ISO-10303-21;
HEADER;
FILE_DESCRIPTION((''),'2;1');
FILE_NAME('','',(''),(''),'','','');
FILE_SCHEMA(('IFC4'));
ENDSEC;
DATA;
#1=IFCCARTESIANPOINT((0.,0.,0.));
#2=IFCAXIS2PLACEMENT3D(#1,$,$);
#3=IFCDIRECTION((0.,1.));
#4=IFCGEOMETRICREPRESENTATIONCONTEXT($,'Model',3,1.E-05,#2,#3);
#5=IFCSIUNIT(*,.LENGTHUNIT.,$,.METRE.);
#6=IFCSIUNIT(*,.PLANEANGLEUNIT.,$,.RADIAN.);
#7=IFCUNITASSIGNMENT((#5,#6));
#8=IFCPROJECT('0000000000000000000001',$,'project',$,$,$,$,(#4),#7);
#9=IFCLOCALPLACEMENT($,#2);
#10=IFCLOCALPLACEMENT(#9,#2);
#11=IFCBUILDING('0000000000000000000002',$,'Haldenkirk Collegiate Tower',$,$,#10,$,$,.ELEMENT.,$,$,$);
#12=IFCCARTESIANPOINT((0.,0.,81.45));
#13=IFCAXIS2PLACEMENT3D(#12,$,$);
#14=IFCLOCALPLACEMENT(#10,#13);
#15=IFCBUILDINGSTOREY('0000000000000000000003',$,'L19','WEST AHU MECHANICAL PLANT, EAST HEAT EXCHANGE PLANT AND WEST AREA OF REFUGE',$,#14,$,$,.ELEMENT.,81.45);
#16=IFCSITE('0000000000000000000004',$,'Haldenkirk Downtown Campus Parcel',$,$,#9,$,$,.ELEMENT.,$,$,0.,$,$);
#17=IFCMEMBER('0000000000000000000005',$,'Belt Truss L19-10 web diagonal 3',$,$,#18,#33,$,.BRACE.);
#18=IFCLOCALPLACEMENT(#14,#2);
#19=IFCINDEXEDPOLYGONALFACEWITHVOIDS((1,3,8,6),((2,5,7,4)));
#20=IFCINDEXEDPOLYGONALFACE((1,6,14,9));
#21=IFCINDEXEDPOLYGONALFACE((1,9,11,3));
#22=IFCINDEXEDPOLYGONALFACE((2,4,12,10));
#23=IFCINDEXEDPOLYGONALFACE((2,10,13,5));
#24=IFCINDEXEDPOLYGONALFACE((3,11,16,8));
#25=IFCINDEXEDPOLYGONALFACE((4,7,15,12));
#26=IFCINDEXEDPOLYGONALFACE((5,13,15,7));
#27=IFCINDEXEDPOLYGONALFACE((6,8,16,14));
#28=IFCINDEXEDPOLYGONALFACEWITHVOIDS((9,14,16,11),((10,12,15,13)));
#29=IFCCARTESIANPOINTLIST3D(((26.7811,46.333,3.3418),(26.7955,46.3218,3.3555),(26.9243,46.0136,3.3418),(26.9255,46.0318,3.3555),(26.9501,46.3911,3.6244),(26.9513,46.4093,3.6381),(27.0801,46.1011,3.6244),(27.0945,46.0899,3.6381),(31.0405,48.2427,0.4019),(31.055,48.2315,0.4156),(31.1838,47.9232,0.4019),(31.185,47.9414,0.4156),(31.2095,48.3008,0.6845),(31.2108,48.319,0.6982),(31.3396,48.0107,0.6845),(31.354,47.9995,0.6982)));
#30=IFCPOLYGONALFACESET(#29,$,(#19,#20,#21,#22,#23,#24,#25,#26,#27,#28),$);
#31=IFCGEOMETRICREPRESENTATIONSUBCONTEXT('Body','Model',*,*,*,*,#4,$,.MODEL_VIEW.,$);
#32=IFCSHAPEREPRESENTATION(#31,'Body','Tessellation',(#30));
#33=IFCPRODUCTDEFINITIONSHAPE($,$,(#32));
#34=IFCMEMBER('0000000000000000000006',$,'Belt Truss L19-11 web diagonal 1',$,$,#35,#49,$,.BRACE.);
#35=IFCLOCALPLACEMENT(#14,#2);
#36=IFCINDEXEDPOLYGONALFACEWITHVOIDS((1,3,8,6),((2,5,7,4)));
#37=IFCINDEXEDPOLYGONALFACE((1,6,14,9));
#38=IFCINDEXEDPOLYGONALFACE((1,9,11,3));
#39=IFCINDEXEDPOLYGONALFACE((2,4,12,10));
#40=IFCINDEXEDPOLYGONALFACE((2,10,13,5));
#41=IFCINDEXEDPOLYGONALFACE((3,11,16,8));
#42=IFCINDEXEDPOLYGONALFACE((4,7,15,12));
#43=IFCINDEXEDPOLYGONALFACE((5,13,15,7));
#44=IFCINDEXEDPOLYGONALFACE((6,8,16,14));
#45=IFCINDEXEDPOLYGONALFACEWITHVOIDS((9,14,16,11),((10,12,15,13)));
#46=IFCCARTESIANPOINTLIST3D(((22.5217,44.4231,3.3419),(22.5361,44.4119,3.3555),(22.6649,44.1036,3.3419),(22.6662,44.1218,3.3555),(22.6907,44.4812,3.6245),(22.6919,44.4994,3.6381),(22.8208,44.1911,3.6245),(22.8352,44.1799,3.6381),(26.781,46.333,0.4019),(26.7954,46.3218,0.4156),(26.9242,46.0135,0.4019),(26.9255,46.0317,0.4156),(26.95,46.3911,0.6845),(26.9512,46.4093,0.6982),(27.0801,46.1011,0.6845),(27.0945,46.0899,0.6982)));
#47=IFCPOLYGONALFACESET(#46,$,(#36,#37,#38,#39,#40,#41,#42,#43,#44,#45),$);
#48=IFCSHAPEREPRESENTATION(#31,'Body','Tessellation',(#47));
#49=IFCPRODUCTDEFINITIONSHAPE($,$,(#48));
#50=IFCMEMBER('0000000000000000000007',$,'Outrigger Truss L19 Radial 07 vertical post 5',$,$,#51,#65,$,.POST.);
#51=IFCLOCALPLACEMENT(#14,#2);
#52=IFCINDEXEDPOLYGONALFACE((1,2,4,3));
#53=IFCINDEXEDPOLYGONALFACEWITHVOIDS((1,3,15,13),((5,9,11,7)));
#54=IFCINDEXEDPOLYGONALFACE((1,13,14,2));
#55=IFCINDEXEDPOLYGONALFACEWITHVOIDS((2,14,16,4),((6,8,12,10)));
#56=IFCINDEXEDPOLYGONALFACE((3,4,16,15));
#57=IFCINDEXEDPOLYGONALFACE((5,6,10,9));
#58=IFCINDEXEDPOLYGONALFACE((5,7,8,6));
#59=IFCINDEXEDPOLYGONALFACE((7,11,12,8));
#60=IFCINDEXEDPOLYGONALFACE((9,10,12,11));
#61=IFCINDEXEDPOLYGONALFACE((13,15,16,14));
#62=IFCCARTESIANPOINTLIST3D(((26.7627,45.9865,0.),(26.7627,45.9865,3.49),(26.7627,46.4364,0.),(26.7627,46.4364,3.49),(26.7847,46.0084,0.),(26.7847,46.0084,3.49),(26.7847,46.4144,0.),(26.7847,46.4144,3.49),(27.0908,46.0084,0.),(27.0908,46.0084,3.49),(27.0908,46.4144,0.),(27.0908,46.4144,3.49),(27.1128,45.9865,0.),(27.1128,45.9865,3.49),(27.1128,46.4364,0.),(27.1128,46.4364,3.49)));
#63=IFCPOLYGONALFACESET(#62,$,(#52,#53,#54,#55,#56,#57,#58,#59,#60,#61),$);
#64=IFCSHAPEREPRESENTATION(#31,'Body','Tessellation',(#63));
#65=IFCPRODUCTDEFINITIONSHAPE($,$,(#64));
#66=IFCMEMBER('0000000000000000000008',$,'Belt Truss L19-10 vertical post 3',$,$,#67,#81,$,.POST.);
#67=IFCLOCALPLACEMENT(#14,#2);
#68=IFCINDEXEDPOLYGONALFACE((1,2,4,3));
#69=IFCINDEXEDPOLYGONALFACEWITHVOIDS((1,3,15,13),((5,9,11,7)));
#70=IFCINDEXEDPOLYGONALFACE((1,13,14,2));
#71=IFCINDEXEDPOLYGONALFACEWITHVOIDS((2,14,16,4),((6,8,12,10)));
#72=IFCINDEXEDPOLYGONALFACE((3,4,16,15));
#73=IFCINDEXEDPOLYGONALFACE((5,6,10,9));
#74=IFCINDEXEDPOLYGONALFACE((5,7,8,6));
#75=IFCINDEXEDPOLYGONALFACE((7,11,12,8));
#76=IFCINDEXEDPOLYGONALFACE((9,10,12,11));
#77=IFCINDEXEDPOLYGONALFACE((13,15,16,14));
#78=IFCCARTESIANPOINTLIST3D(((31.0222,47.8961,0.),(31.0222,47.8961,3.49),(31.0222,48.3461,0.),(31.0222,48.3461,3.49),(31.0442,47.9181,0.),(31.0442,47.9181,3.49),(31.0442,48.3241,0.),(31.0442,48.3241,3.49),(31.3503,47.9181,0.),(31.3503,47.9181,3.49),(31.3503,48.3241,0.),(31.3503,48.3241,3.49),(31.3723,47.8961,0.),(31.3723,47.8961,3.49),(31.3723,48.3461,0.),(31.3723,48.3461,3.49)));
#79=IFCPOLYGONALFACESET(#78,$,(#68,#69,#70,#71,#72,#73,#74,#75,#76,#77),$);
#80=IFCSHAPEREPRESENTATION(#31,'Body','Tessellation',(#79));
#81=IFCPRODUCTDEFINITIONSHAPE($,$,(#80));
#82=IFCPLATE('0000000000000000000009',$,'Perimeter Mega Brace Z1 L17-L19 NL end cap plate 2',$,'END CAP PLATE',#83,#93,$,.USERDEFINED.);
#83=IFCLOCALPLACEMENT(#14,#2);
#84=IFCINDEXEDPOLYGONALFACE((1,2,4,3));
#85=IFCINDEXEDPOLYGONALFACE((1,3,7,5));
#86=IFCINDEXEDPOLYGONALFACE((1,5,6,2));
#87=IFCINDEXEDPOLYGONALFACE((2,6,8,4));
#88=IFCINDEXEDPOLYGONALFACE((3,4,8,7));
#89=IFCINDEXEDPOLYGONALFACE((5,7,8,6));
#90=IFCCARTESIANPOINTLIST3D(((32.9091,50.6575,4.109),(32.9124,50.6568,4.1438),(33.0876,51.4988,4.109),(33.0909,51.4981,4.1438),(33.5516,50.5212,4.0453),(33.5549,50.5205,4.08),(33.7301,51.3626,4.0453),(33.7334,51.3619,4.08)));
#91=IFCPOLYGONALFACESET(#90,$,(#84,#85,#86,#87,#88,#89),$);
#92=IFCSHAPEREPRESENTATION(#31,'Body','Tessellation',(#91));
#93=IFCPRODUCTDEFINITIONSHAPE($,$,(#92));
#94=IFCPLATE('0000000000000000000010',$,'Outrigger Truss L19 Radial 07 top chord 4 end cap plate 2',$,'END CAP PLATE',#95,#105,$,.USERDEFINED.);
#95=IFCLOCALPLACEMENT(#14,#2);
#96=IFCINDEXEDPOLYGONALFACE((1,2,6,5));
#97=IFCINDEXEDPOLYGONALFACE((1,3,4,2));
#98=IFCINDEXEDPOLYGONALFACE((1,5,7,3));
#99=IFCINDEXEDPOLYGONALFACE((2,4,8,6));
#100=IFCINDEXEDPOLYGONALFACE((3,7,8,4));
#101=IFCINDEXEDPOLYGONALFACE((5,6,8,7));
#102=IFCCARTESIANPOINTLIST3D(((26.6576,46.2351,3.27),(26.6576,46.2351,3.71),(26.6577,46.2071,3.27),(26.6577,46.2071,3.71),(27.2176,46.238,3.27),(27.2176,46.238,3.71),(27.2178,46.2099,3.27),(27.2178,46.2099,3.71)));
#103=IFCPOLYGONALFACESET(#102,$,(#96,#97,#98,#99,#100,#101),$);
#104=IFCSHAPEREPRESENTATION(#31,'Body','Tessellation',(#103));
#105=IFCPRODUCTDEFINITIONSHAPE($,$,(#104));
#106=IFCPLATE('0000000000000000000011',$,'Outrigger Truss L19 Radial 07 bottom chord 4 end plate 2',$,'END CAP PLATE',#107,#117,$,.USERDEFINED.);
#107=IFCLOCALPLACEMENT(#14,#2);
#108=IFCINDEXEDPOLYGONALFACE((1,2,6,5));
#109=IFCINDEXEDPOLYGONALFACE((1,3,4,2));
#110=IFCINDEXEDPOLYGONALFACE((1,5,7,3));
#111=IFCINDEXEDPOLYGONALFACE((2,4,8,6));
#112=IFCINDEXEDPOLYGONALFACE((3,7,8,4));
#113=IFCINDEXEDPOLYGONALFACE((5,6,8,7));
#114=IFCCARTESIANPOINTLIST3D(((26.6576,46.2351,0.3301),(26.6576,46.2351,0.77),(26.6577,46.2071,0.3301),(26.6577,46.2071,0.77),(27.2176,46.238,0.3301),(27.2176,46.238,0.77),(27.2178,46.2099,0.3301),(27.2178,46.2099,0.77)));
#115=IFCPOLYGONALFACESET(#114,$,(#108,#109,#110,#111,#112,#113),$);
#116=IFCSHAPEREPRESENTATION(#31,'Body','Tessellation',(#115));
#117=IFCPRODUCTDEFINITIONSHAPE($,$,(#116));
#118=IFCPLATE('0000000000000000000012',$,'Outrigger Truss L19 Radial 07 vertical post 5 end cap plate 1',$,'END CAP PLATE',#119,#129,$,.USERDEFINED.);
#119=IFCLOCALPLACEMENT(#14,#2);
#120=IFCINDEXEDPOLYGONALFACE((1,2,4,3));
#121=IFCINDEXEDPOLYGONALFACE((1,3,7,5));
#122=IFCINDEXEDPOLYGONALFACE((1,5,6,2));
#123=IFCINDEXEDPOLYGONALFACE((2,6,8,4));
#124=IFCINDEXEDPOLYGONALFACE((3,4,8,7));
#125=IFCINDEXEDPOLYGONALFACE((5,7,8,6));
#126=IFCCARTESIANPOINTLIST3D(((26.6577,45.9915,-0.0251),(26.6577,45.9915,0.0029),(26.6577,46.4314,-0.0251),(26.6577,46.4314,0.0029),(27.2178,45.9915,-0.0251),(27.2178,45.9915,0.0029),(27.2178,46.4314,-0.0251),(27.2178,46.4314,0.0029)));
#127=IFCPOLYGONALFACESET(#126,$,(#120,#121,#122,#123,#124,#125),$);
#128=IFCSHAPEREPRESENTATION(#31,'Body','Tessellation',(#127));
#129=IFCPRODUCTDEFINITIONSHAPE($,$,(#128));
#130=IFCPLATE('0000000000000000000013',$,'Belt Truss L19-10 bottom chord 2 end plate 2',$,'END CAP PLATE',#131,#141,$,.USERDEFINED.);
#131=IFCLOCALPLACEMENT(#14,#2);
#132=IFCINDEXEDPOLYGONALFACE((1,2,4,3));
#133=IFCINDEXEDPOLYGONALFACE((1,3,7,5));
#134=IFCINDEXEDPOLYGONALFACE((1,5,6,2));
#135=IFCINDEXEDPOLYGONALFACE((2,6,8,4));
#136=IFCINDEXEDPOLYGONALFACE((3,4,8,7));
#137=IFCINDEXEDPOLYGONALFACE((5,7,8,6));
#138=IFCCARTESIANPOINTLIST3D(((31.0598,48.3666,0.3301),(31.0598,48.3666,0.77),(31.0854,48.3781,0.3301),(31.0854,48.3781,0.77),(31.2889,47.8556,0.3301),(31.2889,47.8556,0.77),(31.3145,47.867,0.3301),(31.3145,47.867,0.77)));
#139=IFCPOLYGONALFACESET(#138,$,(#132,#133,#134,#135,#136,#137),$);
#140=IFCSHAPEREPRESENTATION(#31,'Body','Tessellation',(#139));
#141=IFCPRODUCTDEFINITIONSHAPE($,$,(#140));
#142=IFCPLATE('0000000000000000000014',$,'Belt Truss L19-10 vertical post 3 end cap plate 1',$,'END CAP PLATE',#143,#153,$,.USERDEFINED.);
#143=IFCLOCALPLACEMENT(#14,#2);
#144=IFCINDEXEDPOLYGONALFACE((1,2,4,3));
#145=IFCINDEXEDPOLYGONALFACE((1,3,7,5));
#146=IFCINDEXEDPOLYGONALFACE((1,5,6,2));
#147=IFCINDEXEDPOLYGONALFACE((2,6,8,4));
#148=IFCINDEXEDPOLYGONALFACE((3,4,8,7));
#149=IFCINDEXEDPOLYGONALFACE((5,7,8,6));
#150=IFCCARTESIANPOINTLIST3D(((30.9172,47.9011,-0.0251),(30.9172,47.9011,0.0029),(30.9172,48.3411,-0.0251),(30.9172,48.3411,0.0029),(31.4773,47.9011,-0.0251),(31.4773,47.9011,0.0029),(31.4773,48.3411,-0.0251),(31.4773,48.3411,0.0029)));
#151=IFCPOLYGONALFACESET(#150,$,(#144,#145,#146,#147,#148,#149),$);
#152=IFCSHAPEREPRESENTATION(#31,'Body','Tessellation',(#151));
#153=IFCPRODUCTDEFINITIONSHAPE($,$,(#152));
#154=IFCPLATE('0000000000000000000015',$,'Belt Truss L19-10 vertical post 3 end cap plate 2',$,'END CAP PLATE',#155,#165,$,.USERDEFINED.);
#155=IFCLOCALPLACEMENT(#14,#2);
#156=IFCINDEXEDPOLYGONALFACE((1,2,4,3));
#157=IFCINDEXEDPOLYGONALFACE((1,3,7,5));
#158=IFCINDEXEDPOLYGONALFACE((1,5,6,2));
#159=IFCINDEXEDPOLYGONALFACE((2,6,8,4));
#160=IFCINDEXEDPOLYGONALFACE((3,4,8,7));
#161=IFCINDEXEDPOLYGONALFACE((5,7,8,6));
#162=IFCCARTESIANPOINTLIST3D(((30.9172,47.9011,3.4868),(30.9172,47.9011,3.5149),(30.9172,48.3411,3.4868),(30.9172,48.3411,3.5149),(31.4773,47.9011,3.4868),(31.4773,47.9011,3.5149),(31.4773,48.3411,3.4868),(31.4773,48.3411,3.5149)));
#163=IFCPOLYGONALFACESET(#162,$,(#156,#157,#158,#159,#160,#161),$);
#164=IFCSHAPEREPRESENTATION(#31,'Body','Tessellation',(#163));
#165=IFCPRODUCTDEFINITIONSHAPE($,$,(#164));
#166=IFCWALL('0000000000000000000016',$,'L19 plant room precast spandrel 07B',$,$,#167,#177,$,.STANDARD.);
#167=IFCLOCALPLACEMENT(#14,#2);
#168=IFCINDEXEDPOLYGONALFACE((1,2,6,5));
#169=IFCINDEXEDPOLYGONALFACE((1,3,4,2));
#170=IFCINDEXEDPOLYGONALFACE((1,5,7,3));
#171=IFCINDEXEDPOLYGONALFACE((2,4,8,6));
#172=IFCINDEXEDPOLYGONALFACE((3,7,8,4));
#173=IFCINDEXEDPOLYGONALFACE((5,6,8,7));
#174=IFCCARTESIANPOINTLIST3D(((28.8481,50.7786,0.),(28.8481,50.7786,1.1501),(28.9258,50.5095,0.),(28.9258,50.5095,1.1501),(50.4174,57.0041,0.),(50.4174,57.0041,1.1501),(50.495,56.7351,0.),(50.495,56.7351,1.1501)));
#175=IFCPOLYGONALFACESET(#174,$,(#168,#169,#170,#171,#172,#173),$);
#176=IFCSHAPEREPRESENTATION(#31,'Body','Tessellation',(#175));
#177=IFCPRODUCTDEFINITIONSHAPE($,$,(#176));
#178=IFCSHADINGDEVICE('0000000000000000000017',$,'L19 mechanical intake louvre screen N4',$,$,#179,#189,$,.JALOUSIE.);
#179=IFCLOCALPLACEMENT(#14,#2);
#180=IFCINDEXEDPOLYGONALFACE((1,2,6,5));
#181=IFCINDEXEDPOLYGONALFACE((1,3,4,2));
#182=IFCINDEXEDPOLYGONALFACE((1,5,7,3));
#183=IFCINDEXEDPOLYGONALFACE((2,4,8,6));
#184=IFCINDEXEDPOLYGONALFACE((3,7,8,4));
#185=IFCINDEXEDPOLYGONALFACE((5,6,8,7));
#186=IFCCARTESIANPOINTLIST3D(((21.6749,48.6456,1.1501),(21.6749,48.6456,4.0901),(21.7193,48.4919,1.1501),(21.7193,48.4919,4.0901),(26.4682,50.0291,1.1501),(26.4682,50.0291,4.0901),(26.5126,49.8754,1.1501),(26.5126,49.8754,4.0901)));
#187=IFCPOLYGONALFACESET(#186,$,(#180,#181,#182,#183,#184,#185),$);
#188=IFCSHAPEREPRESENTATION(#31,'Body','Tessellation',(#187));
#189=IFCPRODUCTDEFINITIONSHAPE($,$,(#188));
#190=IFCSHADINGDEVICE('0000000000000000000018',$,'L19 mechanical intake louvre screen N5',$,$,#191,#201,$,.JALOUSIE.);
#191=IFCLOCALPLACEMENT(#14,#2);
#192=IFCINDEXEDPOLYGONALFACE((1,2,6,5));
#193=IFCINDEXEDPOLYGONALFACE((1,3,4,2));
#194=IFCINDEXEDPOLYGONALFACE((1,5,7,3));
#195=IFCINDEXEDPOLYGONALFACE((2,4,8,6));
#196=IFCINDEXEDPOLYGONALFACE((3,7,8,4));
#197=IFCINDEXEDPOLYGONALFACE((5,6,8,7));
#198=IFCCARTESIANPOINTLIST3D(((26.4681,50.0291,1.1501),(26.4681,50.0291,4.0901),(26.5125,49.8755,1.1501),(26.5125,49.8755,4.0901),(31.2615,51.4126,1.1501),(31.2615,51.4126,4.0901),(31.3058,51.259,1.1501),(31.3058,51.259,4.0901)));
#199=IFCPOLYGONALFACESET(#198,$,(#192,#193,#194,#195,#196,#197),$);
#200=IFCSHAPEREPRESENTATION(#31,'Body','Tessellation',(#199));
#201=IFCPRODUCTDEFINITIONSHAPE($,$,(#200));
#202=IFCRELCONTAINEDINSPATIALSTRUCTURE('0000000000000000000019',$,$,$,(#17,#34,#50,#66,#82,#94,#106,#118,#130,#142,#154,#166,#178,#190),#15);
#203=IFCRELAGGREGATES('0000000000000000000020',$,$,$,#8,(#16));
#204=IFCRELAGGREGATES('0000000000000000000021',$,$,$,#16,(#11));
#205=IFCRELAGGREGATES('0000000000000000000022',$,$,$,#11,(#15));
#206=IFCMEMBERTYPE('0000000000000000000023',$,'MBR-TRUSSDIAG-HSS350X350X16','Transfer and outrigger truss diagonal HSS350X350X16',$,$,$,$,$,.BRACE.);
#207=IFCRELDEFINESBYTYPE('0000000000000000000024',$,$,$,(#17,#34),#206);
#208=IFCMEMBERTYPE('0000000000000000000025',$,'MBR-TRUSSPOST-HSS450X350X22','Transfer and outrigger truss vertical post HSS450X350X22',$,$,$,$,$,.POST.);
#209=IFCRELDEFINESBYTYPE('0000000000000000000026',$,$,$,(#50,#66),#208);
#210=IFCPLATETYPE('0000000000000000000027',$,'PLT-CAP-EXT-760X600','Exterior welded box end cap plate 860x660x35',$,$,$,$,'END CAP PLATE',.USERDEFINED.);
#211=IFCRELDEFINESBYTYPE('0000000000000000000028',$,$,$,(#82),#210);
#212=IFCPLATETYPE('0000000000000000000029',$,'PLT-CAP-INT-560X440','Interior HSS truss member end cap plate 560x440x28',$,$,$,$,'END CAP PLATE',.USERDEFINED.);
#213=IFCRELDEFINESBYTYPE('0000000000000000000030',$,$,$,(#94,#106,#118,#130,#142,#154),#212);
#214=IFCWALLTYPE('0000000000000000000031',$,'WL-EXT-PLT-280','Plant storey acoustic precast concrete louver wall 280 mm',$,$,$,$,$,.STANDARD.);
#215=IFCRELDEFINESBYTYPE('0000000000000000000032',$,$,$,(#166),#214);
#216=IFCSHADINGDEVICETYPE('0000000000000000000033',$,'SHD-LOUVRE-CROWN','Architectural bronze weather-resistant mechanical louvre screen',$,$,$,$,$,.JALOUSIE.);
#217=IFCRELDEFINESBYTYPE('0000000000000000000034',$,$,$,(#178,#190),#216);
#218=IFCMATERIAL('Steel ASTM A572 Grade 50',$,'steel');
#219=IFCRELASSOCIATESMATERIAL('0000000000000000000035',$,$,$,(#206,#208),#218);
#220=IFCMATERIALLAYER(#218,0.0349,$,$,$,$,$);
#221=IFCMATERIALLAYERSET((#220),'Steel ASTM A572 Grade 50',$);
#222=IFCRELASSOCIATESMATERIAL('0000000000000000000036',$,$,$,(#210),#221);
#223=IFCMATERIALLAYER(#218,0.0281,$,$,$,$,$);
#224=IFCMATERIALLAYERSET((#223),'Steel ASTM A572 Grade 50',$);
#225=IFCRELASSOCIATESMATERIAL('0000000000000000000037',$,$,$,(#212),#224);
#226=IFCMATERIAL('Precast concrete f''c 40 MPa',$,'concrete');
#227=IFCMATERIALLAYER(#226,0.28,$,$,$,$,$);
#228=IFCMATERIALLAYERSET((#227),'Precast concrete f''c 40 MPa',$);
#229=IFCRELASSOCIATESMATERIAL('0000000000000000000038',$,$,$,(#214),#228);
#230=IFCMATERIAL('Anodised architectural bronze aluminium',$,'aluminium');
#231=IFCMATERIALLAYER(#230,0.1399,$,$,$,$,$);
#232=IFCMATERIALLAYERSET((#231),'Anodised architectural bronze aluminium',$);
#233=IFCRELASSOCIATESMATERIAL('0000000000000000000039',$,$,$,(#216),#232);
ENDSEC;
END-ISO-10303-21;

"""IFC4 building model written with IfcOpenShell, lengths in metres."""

from ifc_helpers import new_model, si_unit, direction, frame, frame_2d, origin, origin_2d, place, context, subcontext, project, spatial, rectangle, hollow_rectangle, extrude, source, transform, mapped, material, layer, layer_set, material_profile, profile_set, type_object, element, save


model = new_model("IFC4")

# Units and contexts
model_context = context("Model", 3, precision=1e-05, world=origin(), true_north=direction((0.0, 1.0)))
body_context = subcontext(model_context, "Body", "Model", "MODEL_VIEW")
ifc_project = project(units=[si_unit("LENGTHUNIT", "METRE"), si_unit("PLANEANGLEUNIT", "RADIAN")], contexts=[model_context])

# Site, building, storey
site_placement = place(None, origin())
site = spatial("IfcSite", under=ifc_project, at=site_placement, Name="Haldenkirk Downtown Campus Parcel", CompositionType="ELEMENT", RefElevation=0.0)
building_placement = place(site_placement, origin())
building = spatial("IfcBuilding", under=site, at=building_placement, Name="Haldenkirk Collegiate Tower", CompositionType="ELEMENT")
storey_placement = place(building_placement, frame((0.0, 0.0, 81.45)))
storey = spatial("IfcBuildingStorey", under=building, at=storey_placement, Name="L19", Description="WEST AHU MECHANICAL PLANT, EAST HEAT EXCHANGE PLANT AND WEST AREA OF REFUGE", CompositionType="ELEMENT", Elevation=81.45)

# Members
ifc_material_1 = material(Name="Steel ASTM A572 Grade 50", Category="steel")
ifc_material_profile_1 = material_profile(ifc_material_1, hollow_rectangle(XDim=0.3501, YDim=0.3501, WallThickness=0.0161, at=origin_2d()), Name="HSS350X350X16")
ifc_profile_set_1 = profile_set([ifc_material_profile_1], Name="Steel ASTM A572 Grade 50")
member_type_1 = type_object("IfcMemberType", Name="MBR-TRUSSDIAG-HSS350X350X16", Description="Transfer and outrigger truss diagonal HSS350X350X16", PredefinedType="BRACE", material=ifc_profile_set_1)
for number, where, z_axis, x_axis, name in (
    (1, (31.1973, 48.1211, 0.55), (-0.772119, -0.346163, 0.53292), (0.409096, -0.912491, 0.0), "Belt Truss L19-10 web diagonal 3"),
    (2, (26.9377, 46.2114, 0.55), (-0.772089, -0.346214, 0.53293), (0.40916, -0.912463, 0.0), "Belt Truss L19-11 web diagonal 1"),
):
    element("IfcMember", number, at=place(storey_placement, frame(where, z_axis=z_axis, x_axis=x_axis)), inside=storey, type_object=member_type_1, Name=name, PredefinedType="BRACE", context=body_context, shape_type="SweptSolid", body=[
        extrude(hollow_rectangle(XDim=0.3501, YDim=0.3501, WallThickness=0.0161, at=origin_2d()), origin(), (0.0, 0.0, 1.0), 5.5166),
    ])
ifc_material_profile_2 = material_profile(ifc_material_1, hollow_rectangle(XDim=0.3501, YDim=0.45, WallThickness=0.022, at=origin_2d()), Name="HSS450X350X22")
ifc_profile_set_2 = profile_set([ifc_material_profile_2], Name="Steel ASTM A572 Grade 50")
member_type_2 = type_object("IfcMemberType", Name="MBR-TRUSSPOST-HSS450X350X22", Description="Transfer and outrigger truss vertical post HSS450X350X22", PredefinedType="POST", material=ifc_profile_set_2)
for number, where, z_axis, x_axis, name in (
    (3, (26.9377, 46.2114, 0.0), (0.0, 0.0, 1.0), (1.0, 0.0, 0.0), "Outrigger Truss L19 Radial 07 vertical post 5"),
    (4, (31.1973, 48.1211, 0.0), (0.0, 0.0, 1.0), (1.0, 0.0, 0.0), "Belt Truss L19-10 vertical post 3"),
):
    element("IfcMember", number, at=place(storey_placement, frame(where, z_axis=z_axis, x_axis=x_axis)), inside=storey, type_object=member_type_2, Name=name, PredefinedType="POST", context=body_context, shape_type="SweptSolid", body=[
        extrude(hollow_rectangle(XDim=0.3501, YDim=0.45, WallThickness=0.022, at=origin_2d()), origin(), (0.0, 0.0, 1.0), 3.49),
    ])

# Plates
ifc_layer_1 = layer(ifc_material_1, 0.0349)
ifc_layer_set_1 = layer_set([ifc_layer_1], Name="Steel ASTM A572 Grade 50")
plate_type_1 = type_object("IfcPlateType", Name="PLT-CAP-EXT-760X600", Description="Exterior welded box end cap plate 860x660x35", ElementType="END CAP PLATE", PredefinedType="USERDEFINED", material=ifc_layer_set_1)
shared_shape_1 = source(origin(), body_context, "Body", "SweptSolid", [
    extrude(rectangle(XDim=0.8601, YDim=0.6599, at=origin_2d()), origin(), (0.0, 0.0, 1.0), 0.0349),
])
plate_placement = place(storey_placement, frame((33.3196, 51.01, 4.0771), z_axis=(0.094555, -0.020057, 0.995318), x_axis=(0.207502, 0.978235, 0.0)))
element("IfcPlate", 5, at=plate_placement, inside=storey, type_object=plate_type_1, Name="Perimeter Mega Brace Z1 L17-L19 NL end cap plate 2", ObjectType="END CAP PLATE", PredefinedType="USERDEFINED", context=body_context, shape_type="MappedRepresentation", body=[
    mapped(shared_shape_1, transform((0.0, 0.0, 0.0), x_axis=(1.0, 0.0, 0.0), y_axis=(0.0, 1.0, 0.0), z_axis=(0.0, 0.0, 1.0), scale=1.0)),
])
ifc_layer_2 = layer(ifc_material_1, 0.0281)
ifc_layer_set_2 = layer_set([ifc_layer_2], Name="Steel ASTM A572 Grade 50")
plate_type_2 = type_object("IfcPlateType", Name="PLT-CAP-INT-560X440", Description="Interior HSS truss member end cap plate 560x440x28", ElementType="END CAP PLATE", PredefinedType="USERDEFINED", material=ifc_layer_set_2)
shared_shape_2 = source(origin(), body_context, "Body", "SweptSolid", [
    extrude(rectangle(XDim=0.5601, YDim=0.4399, at=origin_2d()), origin(), (0.0, 0.0, 1.0), 0.0281),
])
for number, where, z_axis, x_axis, name in (
    (6, (26.9377, 46.2085, 3.49), (-0.005095, 0.999987, 0.0), (-0.999987, -0.005095, 0.0), "Outrigger Truss L19 Radial 07 top chord 4 end cap plate 2"),
    (7, (26.9377, 46.2085, 0.55), (-0.005095, 0.999987, 0.0), (-0.999987, -0.005095, 0.0), "Outrigger Truss L19 Radial 07 bottom chord 4 end plate 2"),
    (8, (26.9377, 46.2114, 0.0029), (0.0, 0.0, -1.0), (1.0, 0.0, 0.0), "Outrigger Truss L19 Radial 07 vertical post 5 end cap plate 1"),
    (9, (31.2, 48.1226, 0.55), (-0.912479, -0.409124, 0.0), (0.409124, -0.912479, 0.0), "Belt Truss L19-10 bottom chord 2 end plate 2"),
    (10, (31.1973, 48.1211, 0.0029), (0.0, 0.0, -1.0), (1.0, 0.0, 0.0), "Belt Truss L19-10 vertical post 3 end cap plate 1"),
    (11, (31.1973, 48.1211, 3.4868), (0.0, 0.0, 1.0), (1.0, 0.0, 0.0), "Belt Truss L19-10 vertical post 3 end cap plate 2"),
):
    element("IfcPlate", number, at=place(storey_placement, frame(where, z_axis=z_axis, x_axis=x_axis)), inside=storey, type_object=plate_type_2, Name=name, ObjectType="END CAP PLATE", PredefinedType="USERDEFINED", context=body_context, shape_type="MappedRepresentation", body=[
        mapped(shared_shape_2, transform((0.0, 0.0, 0.0), x_axis=(1.0, 0.0, 0.0), y_axis=(0.0, 1.0, 0.0), z_axis=(0.0, 0.0, 1.0), scale=1.0)),
    ])

# Wall
ifc_material_2 = material(Name="Precast concrete f'c 40 MPa", Category="concrete")
ifc_layer_3 = layer(ifc_material_2, 0.28)
ifc_layer_set_3 = layer_set([ifc_layer_3], Name="Precast concrete f'c 40 MPa")
wall_type = type_object("IfcWallType", Name="WL-EXT-PLT-280", Description="Plant storey acoustic precast concrete louver wall 280 mm", PredefinedType="STANDARD", material=ifc_layer_set_3)
wall_placement = place(storey_placement, frame((28.887, 50.644, 0.0), z_axis=(0.0, 0.0, 1.0), x_axis=(0.96078, 0.277311, 0.0)))
element("IfcWall", 12, at=wall_placement, inside=storey, type_object=wall_type, Name="L19 plant room precast spandrel 07B", PredefinedType="STANDARD", context=body_context, shape_type="SweptSolid", body=[
    extrude(rectangle(XDim=22.4497, YDim=0.28, at=frame_2d((11.2249, 0.0))), origin(), (0.0, 0.0, 1.0), 1.1501),
])

# Shading devices
ifc_material_3 = material(Name="Anodised architectural bronze aluminium", Category="aluminium")
ifc_layer_4 = layer(ifc_material_3, 0.1399)
ifc_layer_set_4 = layer_set([ifc_layer_4], Name="Anodised architectural bronze aluminium")
shading_device_type = type_object("IfcShadingDeviceType", Name="SHD-LOUVRE-CROWN", Description="Architectural bronze weather-resistant mechanical louvre screen", PredefinedType="JALOUSIE", material=ifc_layer_set_4)
shared_shape_3 = source(origin(), body_context, "Body", "SweptSolid", [
    extrude(rectangle(XDim=4.989, YDim=0.1599, at=origin_2d()), origin(), (0.0, 0.0, 1.0), 2.9399),
])
for number, where, z_axis, x_axis, name in (
    (13, (24.0938, 49.2605, 1.1501), (0.0, 0.0, 1.0), (0.960779, 0.277315, 0.0), "L19 mechanical intake louvre screen N4"),
    (14, (28.887, 50.644, 1.1501), (0.0, 0.0, 1.0), (0.960779, 0.277315, 0.0), "L19 mechanical intake louvre screen N5"),
):
    element("IfcShadingDevice", number, at=place(storey_placement, frame(where, z_axis=z_axis, x_axis=x_axis)), inside=storey, type_object=shading_device_type, Name=name, PredefinedType="JALOUSIE", context=body_context, shape_type="MappedRepresentation", body=[
        mapped(shared_shape_3, transform((0.0, 0.0, 0.0), x_axis=(1.0, 0.0, 0.0), y_axis=(0.0, 1.0, 0.0), z_axis=(0.0, 0.0, 1.0), scale=1.0)),
    ])

save(model, "model.ifc")
